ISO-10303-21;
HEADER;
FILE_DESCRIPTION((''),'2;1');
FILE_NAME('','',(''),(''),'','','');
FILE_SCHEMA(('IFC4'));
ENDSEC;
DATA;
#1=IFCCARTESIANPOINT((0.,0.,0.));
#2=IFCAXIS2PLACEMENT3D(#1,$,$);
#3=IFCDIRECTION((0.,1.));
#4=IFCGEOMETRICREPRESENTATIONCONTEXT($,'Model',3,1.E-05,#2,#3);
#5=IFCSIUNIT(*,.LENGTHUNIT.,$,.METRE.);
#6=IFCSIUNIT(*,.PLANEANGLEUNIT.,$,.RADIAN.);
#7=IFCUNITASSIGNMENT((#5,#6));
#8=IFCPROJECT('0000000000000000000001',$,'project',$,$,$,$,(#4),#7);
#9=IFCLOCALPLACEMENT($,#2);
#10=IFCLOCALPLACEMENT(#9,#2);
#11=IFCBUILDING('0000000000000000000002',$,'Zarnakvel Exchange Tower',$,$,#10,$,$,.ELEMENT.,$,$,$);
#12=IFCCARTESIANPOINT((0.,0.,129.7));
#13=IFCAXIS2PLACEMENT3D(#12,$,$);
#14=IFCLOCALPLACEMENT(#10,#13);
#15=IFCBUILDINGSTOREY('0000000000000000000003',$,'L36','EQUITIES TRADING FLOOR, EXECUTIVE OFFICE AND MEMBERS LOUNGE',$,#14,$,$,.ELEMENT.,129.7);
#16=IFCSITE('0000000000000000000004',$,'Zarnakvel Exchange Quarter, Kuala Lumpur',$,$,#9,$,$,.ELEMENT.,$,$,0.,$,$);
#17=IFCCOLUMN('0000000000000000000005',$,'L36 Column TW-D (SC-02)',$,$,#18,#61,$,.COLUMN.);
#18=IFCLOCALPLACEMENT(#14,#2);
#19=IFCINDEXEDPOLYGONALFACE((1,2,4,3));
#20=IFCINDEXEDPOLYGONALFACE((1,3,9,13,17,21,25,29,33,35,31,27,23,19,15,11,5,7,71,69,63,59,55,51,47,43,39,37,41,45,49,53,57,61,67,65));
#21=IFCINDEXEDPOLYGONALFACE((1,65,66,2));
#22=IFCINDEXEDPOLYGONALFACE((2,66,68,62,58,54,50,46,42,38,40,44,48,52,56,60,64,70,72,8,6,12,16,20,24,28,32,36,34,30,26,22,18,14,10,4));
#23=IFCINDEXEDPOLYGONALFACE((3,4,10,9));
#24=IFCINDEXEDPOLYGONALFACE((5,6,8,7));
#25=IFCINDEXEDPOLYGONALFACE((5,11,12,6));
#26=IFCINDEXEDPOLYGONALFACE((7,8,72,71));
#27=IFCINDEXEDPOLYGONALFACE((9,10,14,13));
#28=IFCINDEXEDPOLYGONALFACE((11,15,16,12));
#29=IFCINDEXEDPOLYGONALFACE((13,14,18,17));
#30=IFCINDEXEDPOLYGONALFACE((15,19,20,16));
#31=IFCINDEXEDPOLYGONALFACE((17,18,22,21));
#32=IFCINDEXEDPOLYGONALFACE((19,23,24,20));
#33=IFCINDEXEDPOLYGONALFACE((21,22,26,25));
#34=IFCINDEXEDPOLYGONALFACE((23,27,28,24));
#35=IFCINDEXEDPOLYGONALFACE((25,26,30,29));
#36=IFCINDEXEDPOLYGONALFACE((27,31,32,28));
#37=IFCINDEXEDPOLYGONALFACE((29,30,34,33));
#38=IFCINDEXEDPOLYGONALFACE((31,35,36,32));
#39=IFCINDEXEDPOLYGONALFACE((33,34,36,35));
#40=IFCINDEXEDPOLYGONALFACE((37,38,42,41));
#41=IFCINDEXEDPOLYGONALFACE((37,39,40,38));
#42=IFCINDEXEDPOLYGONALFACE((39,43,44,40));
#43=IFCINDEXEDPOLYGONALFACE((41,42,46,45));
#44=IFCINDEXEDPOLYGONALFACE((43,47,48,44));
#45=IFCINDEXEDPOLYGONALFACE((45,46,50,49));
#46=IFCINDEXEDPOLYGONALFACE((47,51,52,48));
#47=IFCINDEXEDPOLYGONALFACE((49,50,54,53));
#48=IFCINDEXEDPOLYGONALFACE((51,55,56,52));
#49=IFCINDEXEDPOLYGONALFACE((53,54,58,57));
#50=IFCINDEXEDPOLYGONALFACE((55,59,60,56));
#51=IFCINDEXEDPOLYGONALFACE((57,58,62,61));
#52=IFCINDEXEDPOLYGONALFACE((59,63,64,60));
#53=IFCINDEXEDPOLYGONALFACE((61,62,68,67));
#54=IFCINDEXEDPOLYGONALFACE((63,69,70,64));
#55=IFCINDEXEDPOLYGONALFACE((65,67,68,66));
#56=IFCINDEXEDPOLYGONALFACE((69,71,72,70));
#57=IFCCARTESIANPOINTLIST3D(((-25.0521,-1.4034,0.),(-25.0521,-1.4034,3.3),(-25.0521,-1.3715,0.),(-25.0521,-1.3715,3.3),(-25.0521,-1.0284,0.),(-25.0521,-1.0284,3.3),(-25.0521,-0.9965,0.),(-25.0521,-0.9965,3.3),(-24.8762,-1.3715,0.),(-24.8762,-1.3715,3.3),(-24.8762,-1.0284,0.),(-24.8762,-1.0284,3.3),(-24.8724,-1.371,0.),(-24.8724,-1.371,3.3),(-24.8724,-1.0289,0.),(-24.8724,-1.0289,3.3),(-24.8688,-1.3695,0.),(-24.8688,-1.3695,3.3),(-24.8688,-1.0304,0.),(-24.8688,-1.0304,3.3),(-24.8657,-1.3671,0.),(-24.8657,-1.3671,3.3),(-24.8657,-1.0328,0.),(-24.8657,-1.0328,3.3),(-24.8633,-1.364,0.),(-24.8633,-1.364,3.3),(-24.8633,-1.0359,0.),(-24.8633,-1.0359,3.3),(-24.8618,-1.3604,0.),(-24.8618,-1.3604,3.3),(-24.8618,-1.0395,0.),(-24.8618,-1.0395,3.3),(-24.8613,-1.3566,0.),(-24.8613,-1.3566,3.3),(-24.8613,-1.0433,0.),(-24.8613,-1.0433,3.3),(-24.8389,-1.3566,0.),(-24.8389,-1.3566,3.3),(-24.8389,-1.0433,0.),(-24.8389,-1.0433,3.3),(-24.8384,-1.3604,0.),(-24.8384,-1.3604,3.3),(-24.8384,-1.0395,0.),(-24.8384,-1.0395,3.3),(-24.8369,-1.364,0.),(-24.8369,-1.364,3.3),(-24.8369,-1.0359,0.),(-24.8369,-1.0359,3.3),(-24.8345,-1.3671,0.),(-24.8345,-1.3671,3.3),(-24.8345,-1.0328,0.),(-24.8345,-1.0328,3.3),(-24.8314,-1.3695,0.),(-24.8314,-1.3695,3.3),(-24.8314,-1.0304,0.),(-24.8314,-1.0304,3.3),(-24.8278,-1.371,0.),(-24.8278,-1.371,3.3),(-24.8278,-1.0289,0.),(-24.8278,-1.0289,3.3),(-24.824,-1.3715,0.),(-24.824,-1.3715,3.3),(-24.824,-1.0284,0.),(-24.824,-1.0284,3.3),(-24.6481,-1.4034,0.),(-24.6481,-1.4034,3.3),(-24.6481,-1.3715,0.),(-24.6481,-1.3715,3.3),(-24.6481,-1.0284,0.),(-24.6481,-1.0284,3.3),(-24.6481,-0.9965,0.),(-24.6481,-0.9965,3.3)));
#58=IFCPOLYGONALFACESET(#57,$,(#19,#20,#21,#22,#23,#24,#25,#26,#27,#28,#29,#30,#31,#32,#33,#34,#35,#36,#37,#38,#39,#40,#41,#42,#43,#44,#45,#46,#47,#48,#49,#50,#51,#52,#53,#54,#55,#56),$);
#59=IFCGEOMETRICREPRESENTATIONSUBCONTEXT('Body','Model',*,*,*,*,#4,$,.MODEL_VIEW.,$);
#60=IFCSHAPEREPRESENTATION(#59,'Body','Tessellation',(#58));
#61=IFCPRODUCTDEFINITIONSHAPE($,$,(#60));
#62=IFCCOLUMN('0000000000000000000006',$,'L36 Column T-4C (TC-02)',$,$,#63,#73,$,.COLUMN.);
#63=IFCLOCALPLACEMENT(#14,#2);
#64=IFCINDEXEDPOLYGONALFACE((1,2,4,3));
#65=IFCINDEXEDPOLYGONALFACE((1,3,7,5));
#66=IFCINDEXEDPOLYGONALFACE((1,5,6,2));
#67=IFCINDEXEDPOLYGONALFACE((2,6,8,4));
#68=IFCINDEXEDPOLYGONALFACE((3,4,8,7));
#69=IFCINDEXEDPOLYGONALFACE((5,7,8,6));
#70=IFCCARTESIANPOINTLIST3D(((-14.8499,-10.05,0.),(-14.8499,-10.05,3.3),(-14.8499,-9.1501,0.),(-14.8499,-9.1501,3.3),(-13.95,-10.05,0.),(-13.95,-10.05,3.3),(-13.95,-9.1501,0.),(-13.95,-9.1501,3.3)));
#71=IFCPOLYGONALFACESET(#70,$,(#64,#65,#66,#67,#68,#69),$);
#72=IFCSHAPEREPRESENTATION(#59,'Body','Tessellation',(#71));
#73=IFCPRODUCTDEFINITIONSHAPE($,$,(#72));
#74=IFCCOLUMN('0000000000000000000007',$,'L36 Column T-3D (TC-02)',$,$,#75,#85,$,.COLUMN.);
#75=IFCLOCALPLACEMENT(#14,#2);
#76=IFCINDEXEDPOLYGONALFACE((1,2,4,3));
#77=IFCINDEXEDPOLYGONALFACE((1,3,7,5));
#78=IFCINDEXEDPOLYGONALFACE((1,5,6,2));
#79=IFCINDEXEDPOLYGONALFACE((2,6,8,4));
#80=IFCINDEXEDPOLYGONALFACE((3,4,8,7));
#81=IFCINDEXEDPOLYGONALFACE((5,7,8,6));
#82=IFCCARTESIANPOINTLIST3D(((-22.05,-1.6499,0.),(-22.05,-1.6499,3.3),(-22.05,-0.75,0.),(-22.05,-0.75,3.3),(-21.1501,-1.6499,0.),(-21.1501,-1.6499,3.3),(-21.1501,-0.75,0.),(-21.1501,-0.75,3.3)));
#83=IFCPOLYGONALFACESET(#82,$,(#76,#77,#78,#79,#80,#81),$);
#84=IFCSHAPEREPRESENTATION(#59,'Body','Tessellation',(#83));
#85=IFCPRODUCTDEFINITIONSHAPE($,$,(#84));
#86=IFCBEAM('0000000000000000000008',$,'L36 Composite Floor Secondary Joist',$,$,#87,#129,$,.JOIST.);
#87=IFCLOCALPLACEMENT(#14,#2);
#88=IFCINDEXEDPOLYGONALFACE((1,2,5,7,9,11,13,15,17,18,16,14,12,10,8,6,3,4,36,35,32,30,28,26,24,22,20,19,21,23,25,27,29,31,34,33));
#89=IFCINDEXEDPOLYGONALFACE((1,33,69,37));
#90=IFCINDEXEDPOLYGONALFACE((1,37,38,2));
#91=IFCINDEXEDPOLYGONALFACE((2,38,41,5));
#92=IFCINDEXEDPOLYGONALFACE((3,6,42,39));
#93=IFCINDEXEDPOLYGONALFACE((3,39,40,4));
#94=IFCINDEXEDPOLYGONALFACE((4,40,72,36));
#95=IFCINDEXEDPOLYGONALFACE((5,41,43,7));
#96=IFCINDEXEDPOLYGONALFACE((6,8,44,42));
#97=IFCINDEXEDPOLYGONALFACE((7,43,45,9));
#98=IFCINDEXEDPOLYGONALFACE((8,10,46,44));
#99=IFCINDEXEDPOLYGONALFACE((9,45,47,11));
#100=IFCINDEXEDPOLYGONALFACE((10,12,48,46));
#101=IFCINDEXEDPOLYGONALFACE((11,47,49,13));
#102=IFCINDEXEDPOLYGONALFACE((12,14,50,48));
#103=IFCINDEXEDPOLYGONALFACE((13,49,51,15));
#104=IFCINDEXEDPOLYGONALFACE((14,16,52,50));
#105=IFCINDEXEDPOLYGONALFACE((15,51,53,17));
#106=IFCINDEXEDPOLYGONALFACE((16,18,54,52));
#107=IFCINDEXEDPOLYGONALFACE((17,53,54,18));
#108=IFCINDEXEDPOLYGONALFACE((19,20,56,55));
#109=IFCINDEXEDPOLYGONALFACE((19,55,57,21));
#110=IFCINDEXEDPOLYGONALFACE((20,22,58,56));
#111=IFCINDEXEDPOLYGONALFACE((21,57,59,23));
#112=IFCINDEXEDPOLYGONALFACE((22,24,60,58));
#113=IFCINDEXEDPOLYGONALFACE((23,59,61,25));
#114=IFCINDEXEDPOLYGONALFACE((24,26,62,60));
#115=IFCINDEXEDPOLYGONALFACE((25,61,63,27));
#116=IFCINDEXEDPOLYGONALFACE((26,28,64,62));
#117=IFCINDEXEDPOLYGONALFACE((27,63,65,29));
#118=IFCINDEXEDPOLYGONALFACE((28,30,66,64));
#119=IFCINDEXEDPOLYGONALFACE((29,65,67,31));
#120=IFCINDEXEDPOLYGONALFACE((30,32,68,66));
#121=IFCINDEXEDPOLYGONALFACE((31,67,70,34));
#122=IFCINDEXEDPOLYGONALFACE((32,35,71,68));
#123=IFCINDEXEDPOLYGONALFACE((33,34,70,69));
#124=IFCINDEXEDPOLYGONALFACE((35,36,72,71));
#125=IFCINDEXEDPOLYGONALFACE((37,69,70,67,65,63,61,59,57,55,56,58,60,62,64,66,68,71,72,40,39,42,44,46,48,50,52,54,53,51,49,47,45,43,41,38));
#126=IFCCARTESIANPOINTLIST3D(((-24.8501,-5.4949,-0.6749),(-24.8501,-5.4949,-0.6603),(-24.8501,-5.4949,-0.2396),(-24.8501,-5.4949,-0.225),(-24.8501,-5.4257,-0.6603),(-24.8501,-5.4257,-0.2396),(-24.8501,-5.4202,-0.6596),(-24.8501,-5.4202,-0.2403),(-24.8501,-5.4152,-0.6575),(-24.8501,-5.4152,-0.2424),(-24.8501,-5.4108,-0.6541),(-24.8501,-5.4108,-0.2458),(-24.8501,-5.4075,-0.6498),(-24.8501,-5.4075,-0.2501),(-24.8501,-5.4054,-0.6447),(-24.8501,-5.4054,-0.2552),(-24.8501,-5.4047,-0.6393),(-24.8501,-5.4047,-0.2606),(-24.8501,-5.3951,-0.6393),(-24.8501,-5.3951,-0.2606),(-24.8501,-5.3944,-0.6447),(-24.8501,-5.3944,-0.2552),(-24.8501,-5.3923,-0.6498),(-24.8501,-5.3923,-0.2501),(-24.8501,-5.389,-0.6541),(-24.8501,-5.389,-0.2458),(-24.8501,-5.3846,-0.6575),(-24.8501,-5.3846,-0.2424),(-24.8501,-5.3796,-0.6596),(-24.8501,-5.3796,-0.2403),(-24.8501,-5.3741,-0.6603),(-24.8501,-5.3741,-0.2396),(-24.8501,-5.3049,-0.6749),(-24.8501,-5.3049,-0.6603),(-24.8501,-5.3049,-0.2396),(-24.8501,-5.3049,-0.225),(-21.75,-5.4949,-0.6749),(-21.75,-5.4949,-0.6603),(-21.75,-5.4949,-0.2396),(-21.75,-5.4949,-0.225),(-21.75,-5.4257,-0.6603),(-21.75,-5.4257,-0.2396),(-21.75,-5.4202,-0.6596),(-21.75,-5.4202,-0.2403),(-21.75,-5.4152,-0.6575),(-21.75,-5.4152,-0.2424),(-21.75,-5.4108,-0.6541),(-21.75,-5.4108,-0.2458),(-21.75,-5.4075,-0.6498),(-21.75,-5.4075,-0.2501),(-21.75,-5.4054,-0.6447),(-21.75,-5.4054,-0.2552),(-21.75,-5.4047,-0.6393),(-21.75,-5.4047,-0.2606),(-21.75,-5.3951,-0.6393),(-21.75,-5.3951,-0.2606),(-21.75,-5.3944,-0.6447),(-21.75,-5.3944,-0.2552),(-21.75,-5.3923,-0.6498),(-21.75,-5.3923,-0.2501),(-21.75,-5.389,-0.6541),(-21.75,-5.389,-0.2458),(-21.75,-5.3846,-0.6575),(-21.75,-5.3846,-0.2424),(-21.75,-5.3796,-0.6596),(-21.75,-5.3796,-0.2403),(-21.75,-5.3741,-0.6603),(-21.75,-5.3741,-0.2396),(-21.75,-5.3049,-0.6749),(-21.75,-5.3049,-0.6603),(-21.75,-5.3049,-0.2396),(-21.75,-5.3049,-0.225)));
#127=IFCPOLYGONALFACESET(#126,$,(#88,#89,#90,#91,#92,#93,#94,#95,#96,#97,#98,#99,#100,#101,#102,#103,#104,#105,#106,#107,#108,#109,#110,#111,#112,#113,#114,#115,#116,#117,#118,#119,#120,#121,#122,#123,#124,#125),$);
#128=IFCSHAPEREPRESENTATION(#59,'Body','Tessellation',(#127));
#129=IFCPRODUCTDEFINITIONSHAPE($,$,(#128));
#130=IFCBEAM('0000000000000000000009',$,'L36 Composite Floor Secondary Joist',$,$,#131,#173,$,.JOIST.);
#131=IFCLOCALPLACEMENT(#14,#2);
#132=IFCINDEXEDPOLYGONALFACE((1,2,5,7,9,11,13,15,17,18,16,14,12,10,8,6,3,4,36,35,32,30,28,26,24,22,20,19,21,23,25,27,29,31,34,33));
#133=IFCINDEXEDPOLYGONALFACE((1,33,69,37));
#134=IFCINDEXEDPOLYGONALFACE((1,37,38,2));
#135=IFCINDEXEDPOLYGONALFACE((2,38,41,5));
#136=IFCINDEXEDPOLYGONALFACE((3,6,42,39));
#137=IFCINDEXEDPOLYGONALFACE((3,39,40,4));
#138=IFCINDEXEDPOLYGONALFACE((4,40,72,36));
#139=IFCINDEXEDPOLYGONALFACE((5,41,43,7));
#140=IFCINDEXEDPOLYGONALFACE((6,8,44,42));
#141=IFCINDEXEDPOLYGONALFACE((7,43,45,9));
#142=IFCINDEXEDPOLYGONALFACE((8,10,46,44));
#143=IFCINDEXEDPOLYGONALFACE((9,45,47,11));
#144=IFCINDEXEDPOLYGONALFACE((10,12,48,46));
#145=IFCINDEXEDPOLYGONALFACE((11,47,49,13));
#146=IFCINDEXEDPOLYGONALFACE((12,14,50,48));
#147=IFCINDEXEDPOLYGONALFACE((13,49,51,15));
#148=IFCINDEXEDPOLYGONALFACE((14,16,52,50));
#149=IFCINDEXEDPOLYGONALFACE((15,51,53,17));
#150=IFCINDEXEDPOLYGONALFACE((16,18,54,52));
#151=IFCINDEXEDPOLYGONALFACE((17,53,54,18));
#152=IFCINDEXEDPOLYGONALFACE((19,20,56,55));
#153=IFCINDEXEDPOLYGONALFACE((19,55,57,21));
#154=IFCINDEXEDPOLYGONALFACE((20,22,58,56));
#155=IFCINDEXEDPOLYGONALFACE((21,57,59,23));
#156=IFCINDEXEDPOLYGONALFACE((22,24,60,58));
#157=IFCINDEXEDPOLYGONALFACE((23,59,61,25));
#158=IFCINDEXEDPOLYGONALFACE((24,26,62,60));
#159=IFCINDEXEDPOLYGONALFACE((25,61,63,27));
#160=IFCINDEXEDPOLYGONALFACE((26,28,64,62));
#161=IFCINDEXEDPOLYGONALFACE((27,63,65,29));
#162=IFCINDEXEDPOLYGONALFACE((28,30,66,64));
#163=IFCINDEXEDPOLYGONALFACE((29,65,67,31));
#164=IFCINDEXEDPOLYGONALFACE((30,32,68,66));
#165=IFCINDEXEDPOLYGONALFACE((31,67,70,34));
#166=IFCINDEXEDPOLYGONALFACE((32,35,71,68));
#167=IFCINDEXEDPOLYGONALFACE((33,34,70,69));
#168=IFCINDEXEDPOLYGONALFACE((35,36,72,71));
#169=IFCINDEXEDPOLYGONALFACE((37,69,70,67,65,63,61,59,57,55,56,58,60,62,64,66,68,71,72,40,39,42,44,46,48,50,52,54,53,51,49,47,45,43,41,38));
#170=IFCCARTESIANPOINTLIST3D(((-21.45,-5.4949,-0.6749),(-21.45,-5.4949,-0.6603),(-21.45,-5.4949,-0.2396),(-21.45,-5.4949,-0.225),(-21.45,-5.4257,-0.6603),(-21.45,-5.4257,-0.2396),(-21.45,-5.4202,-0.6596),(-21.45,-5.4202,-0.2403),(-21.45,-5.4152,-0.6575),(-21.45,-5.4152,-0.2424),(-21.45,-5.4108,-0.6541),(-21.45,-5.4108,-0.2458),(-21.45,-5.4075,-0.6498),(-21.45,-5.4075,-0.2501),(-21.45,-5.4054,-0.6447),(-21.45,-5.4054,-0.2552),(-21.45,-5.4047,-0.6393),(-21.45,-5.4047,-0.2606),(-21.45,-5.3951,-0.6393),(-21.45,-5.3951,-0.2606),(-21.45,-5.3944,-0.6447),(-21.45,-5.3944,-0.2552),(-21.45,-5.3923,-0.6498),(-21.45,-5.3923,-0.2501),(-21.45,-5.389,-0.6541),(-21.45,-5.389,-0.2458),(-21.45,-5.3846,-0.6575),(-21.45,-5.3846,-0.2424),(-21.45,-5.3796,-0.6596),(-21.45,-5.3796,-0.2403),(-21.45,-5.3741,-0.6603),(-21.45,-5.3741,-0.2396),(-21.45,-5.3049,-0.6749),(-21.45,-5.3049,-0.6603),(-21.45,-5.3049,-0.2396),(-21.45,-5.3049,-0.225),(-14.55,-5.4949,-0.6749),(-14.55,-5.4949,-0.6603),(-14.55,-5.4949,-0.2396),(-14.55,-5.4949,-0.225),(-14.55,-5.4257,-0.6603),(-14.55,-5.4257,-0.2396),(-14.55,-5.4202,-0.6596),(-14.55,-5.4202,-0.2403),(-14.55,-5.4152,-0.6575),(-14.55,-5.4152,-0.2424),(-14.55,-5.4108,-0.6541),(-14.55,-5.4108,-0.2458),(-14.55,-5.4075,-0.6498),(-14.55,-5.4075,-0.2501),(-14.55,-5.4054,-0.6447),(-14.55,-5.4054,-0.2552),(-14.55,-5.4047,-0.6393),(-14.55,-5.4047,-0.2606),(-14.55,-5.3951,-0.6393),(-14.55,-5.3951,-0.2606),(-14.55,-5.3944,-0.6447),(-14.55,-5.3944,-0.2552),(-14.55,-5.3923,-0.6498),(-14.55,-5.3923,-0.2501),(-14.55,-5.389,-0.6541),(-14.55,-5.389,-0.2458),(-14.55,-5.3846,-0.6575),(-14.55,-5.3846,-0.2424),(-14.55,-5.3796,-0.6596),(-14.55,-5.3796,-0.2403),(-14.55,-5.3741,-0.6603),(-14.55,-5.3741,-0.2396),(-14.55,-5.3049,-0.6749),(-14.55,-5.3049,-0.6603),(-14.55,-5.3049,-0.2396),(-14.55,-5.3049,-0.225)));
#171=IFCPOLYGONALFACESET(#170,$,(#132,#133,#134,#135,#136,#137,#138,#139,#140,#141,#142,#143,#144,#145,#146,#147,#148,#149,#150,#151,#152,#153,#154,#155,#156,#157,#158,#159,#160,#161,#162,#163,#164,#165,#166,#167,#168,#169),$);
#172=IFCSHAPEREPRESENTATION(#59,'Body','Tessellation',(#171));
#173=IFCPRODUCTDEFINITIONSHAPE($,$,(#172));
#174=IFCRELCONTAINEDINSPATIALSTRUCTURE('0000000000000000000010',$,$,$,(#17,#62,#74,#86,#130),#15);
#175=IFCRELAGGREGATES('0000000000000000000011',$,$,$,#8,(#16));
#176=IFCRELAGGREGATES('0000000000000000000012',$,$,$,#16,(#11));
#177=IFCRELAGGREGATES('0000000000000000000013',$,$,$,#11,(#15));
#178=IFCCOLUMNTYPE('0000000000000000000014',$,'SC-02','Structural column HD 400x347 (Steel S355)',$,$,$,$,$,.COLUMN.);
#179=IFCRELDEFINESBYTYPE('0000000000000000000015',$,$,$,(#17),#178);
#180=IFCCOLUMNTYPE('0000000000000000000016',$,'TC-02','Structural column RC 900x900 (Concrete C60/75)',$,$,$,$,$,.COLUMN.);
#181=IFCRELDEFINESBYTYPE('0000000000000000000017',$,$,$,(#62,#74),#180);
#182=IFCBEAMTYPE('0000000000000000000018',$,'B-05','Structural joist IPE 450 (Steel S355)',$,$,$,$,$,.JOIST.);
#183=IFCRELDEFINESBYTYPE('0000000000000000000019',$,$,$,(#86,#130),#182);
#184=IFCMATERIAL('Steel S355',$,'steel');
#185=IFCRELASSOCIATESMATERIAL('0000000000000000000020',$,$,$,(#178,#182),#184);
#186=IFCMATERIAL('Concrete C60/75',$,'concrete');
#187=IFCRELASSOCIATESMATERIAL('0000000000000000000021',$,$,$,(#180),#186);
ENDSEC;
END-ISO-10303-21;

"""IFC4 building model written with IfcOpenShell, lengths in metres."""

from ifc_helpers import new_model, si_unit, direction, frame, origin, origin_2d, place, context, subcontext, project, spatial, rectangle, i_section, extrude, material, material_profile, profile_set, type_object, element, save


model = new_model("IFC4")

# Units and contexts
model_context = context("Model", 3, precision=1e-05, world=origin(), true_north=direction((0.0, 1.0)))
body_context = subcontext(model_context, "Body", "Model", "MODEL_VIEW")
ifc_project = project(units=[si_unit("LENGTHUNIT", "METRE"), si_unit("PLANEANGLEUNIT", "RADIAN")], contexts=[model_context])

# Site, building, storey
site_placement = place(None, origin())
site = spatial("IfcSite", under=ifc_project, at=site_placement, Name="Zarnakvel Exchange Quarter, Kuala Lumpur", CompositionType="ELEMENT", RefElevation=0.0)
building_placement = place(site_placement, origin())
building = spatial("IfcBuilding", under=site, at=building_placement, Name="Zarnakvel Exchange Tower", CompositionType="ELEMENT")
storey_placement = place(building_placement, frame((0.0, 0.0, 129.7)))
storey = spatial("IfcBuildingStorey", under=building, at=storey_placement, Name="L36", Description="EQUITIES TRADING FLOOR, EXECUTIVE OFFICE AND MEMBERS LOUNGE", CompositionType="ELEMENT", Elevation=129.7)

# Columns
ifc_material_1 = material(Name="Steel S355", Category="steel")
ifc_material_profile_1 = material_profile(ifc_material_1, i_section(OverallWidth=0.4041, OverallDepth=0.407, WebThickness=0.0225, FlangeThickness=0.032, FilletRadius=0.0149, at=origin_2d()))
ifc_profile_set_1 = profile_set([ifc_material_profile_1], Name="Steel S355")
column_type_1 = type_object("IfcColumnType", Name="SC-02", Description="Structural column HD 400x347 (Steel S355)", PredefinedType="COLUMN", material=ifc_profile_set_1)
column_placement = place(storey_placement, frame((-24.8501, -1.2, 0.0), z_axis=(0.0, 0.0, 1.0), x_axis=(1.0, 0.0, 0.0)))
element("IfcColumn", 1, at=column_placement, inside=storey, type_object=column_type_1, Name="L36 Column TW-D (SC-02)", PredefinedType="COLUMN", context=body_context, shape_type="SweptSolid", body=[
    extrude(i_section(OverallWidth=0.4041, OverallDepth=0.407, WebThickness=0.0225, FlangeThickness=0.032, FilletRadius=0.0149, at=origin_2d()), origin(), (0.0, 0.0, 1.0), 3.3),
])
ifc_material_2 = material(Name="Concrete C60/75", Category="concrete")
ifc_material_profile_2 = material_profile(ifc_material_2, rectangle(XDim=0.8999, YDim=0.8999, at=origin_2d()))
ifc_profile_set_2 = profile_set([ifc_material_profile_2], Name="Concrete C60/75")
column_type_2 = type_object("IfcColumnType", Name="TC-02", Description="Structural column RC 900x900 (Concrete C60/75)", PredefinedType="COLUMN", material=ifc_profile_set_2)
for number, where, z_axis, x_axis, name in (
    (2, (-14.3999, -9.6001, 0.0), (0.0, 0.0, 1.0), (1.0, 0.0, 0.0), "L36 Column T-4C (TC-02)"),
    (3, (-21.6001, -1.2, 0.0), (0.0, 0.0, 1.0), (1.0, 0.0, 0.0), "L36 Column T-3D (TC-02)"),
):
    element("IfcColumn", number, at=place(storey_placement, frame(where, z_axis=z_axis, x_axis=x_axis)), inside=storey, type_object=column_type_2, Name=name, PredefinedType="COLUMN", context=body_context, shape_type="SweptSolid", body=[
        extrude(rectangle(XDim=0.8999, YDim=0.8999, at=origin_2d()), origin(), (0.0, 0.0, 1.0), 3.3),
    ])

# Beams
ifc_material_profile_3 = material_profile(ifc_material_1, i_section(OverallWidth=0.1899, OverallDepth=0.45, WebThickness=0.0095, FlangeThickness=0.0146, FilletRadius=0.021, at=origin_2d()))
ifc_profile_set_3 = profile_set([ifc_material_profile_3], Name="Steel S355")
beam_type_1 = type_object("IfcBeamType", Name="B-05", Description="Structural joist IPE 450 (Steel S355)", PredefinedType="JOIST", material=ifc_profile_set_3)
beam_1_placement = place(storey_placement, frame((-24.8501, -5.3999, -0.45), z_axis=(1.0, 0.0, 0.0), x_axis=(0.0, 1.0, 0.0)))
element("IfcBeam", 4, at=beam_1_placement, inside=storey, type_object=beam_type_1, Name="L36 Composite Floor Secondary Joist", PredefinedType="JOIST", context=body_context, shape_type="SweptSolid", body=[
    extrude(i_section(OverallWidth=0.1899, OverallDepth=0.45, WebThickness=0.0095, FlangeThickness=0.0146, FilletRadius=0.021, at=origin_2d()), origin(), (0.0, 0.0, 1.0), 3.1001),
])
beam_2_placement = place(storey_placement, frame((-21.45, -5.3999, -0.45), z_axis=(1.0, 0.0, 0.0), x_axis=(0.0, 1.0, 0.0)))
element("IfcBeam", 5, at=beam_2_placement, inside=storey, type_object=beam_type_1, Name="L36 Composite Floor Secondary Joist", PredefinedType="JOIST", context=body_context, shape_type="SweptSolid", body=[
    extrude(i_section(OverallWidth=0.1899, OverallDepth=0.45, WebThickness=0.0095, FlangeThickness=0.0146, FilletRadius=0.021, at=origin_2d()), origin(), (0.0, 0.0, 1.0), 6.8999),
])

save(model, "model.ifc")
